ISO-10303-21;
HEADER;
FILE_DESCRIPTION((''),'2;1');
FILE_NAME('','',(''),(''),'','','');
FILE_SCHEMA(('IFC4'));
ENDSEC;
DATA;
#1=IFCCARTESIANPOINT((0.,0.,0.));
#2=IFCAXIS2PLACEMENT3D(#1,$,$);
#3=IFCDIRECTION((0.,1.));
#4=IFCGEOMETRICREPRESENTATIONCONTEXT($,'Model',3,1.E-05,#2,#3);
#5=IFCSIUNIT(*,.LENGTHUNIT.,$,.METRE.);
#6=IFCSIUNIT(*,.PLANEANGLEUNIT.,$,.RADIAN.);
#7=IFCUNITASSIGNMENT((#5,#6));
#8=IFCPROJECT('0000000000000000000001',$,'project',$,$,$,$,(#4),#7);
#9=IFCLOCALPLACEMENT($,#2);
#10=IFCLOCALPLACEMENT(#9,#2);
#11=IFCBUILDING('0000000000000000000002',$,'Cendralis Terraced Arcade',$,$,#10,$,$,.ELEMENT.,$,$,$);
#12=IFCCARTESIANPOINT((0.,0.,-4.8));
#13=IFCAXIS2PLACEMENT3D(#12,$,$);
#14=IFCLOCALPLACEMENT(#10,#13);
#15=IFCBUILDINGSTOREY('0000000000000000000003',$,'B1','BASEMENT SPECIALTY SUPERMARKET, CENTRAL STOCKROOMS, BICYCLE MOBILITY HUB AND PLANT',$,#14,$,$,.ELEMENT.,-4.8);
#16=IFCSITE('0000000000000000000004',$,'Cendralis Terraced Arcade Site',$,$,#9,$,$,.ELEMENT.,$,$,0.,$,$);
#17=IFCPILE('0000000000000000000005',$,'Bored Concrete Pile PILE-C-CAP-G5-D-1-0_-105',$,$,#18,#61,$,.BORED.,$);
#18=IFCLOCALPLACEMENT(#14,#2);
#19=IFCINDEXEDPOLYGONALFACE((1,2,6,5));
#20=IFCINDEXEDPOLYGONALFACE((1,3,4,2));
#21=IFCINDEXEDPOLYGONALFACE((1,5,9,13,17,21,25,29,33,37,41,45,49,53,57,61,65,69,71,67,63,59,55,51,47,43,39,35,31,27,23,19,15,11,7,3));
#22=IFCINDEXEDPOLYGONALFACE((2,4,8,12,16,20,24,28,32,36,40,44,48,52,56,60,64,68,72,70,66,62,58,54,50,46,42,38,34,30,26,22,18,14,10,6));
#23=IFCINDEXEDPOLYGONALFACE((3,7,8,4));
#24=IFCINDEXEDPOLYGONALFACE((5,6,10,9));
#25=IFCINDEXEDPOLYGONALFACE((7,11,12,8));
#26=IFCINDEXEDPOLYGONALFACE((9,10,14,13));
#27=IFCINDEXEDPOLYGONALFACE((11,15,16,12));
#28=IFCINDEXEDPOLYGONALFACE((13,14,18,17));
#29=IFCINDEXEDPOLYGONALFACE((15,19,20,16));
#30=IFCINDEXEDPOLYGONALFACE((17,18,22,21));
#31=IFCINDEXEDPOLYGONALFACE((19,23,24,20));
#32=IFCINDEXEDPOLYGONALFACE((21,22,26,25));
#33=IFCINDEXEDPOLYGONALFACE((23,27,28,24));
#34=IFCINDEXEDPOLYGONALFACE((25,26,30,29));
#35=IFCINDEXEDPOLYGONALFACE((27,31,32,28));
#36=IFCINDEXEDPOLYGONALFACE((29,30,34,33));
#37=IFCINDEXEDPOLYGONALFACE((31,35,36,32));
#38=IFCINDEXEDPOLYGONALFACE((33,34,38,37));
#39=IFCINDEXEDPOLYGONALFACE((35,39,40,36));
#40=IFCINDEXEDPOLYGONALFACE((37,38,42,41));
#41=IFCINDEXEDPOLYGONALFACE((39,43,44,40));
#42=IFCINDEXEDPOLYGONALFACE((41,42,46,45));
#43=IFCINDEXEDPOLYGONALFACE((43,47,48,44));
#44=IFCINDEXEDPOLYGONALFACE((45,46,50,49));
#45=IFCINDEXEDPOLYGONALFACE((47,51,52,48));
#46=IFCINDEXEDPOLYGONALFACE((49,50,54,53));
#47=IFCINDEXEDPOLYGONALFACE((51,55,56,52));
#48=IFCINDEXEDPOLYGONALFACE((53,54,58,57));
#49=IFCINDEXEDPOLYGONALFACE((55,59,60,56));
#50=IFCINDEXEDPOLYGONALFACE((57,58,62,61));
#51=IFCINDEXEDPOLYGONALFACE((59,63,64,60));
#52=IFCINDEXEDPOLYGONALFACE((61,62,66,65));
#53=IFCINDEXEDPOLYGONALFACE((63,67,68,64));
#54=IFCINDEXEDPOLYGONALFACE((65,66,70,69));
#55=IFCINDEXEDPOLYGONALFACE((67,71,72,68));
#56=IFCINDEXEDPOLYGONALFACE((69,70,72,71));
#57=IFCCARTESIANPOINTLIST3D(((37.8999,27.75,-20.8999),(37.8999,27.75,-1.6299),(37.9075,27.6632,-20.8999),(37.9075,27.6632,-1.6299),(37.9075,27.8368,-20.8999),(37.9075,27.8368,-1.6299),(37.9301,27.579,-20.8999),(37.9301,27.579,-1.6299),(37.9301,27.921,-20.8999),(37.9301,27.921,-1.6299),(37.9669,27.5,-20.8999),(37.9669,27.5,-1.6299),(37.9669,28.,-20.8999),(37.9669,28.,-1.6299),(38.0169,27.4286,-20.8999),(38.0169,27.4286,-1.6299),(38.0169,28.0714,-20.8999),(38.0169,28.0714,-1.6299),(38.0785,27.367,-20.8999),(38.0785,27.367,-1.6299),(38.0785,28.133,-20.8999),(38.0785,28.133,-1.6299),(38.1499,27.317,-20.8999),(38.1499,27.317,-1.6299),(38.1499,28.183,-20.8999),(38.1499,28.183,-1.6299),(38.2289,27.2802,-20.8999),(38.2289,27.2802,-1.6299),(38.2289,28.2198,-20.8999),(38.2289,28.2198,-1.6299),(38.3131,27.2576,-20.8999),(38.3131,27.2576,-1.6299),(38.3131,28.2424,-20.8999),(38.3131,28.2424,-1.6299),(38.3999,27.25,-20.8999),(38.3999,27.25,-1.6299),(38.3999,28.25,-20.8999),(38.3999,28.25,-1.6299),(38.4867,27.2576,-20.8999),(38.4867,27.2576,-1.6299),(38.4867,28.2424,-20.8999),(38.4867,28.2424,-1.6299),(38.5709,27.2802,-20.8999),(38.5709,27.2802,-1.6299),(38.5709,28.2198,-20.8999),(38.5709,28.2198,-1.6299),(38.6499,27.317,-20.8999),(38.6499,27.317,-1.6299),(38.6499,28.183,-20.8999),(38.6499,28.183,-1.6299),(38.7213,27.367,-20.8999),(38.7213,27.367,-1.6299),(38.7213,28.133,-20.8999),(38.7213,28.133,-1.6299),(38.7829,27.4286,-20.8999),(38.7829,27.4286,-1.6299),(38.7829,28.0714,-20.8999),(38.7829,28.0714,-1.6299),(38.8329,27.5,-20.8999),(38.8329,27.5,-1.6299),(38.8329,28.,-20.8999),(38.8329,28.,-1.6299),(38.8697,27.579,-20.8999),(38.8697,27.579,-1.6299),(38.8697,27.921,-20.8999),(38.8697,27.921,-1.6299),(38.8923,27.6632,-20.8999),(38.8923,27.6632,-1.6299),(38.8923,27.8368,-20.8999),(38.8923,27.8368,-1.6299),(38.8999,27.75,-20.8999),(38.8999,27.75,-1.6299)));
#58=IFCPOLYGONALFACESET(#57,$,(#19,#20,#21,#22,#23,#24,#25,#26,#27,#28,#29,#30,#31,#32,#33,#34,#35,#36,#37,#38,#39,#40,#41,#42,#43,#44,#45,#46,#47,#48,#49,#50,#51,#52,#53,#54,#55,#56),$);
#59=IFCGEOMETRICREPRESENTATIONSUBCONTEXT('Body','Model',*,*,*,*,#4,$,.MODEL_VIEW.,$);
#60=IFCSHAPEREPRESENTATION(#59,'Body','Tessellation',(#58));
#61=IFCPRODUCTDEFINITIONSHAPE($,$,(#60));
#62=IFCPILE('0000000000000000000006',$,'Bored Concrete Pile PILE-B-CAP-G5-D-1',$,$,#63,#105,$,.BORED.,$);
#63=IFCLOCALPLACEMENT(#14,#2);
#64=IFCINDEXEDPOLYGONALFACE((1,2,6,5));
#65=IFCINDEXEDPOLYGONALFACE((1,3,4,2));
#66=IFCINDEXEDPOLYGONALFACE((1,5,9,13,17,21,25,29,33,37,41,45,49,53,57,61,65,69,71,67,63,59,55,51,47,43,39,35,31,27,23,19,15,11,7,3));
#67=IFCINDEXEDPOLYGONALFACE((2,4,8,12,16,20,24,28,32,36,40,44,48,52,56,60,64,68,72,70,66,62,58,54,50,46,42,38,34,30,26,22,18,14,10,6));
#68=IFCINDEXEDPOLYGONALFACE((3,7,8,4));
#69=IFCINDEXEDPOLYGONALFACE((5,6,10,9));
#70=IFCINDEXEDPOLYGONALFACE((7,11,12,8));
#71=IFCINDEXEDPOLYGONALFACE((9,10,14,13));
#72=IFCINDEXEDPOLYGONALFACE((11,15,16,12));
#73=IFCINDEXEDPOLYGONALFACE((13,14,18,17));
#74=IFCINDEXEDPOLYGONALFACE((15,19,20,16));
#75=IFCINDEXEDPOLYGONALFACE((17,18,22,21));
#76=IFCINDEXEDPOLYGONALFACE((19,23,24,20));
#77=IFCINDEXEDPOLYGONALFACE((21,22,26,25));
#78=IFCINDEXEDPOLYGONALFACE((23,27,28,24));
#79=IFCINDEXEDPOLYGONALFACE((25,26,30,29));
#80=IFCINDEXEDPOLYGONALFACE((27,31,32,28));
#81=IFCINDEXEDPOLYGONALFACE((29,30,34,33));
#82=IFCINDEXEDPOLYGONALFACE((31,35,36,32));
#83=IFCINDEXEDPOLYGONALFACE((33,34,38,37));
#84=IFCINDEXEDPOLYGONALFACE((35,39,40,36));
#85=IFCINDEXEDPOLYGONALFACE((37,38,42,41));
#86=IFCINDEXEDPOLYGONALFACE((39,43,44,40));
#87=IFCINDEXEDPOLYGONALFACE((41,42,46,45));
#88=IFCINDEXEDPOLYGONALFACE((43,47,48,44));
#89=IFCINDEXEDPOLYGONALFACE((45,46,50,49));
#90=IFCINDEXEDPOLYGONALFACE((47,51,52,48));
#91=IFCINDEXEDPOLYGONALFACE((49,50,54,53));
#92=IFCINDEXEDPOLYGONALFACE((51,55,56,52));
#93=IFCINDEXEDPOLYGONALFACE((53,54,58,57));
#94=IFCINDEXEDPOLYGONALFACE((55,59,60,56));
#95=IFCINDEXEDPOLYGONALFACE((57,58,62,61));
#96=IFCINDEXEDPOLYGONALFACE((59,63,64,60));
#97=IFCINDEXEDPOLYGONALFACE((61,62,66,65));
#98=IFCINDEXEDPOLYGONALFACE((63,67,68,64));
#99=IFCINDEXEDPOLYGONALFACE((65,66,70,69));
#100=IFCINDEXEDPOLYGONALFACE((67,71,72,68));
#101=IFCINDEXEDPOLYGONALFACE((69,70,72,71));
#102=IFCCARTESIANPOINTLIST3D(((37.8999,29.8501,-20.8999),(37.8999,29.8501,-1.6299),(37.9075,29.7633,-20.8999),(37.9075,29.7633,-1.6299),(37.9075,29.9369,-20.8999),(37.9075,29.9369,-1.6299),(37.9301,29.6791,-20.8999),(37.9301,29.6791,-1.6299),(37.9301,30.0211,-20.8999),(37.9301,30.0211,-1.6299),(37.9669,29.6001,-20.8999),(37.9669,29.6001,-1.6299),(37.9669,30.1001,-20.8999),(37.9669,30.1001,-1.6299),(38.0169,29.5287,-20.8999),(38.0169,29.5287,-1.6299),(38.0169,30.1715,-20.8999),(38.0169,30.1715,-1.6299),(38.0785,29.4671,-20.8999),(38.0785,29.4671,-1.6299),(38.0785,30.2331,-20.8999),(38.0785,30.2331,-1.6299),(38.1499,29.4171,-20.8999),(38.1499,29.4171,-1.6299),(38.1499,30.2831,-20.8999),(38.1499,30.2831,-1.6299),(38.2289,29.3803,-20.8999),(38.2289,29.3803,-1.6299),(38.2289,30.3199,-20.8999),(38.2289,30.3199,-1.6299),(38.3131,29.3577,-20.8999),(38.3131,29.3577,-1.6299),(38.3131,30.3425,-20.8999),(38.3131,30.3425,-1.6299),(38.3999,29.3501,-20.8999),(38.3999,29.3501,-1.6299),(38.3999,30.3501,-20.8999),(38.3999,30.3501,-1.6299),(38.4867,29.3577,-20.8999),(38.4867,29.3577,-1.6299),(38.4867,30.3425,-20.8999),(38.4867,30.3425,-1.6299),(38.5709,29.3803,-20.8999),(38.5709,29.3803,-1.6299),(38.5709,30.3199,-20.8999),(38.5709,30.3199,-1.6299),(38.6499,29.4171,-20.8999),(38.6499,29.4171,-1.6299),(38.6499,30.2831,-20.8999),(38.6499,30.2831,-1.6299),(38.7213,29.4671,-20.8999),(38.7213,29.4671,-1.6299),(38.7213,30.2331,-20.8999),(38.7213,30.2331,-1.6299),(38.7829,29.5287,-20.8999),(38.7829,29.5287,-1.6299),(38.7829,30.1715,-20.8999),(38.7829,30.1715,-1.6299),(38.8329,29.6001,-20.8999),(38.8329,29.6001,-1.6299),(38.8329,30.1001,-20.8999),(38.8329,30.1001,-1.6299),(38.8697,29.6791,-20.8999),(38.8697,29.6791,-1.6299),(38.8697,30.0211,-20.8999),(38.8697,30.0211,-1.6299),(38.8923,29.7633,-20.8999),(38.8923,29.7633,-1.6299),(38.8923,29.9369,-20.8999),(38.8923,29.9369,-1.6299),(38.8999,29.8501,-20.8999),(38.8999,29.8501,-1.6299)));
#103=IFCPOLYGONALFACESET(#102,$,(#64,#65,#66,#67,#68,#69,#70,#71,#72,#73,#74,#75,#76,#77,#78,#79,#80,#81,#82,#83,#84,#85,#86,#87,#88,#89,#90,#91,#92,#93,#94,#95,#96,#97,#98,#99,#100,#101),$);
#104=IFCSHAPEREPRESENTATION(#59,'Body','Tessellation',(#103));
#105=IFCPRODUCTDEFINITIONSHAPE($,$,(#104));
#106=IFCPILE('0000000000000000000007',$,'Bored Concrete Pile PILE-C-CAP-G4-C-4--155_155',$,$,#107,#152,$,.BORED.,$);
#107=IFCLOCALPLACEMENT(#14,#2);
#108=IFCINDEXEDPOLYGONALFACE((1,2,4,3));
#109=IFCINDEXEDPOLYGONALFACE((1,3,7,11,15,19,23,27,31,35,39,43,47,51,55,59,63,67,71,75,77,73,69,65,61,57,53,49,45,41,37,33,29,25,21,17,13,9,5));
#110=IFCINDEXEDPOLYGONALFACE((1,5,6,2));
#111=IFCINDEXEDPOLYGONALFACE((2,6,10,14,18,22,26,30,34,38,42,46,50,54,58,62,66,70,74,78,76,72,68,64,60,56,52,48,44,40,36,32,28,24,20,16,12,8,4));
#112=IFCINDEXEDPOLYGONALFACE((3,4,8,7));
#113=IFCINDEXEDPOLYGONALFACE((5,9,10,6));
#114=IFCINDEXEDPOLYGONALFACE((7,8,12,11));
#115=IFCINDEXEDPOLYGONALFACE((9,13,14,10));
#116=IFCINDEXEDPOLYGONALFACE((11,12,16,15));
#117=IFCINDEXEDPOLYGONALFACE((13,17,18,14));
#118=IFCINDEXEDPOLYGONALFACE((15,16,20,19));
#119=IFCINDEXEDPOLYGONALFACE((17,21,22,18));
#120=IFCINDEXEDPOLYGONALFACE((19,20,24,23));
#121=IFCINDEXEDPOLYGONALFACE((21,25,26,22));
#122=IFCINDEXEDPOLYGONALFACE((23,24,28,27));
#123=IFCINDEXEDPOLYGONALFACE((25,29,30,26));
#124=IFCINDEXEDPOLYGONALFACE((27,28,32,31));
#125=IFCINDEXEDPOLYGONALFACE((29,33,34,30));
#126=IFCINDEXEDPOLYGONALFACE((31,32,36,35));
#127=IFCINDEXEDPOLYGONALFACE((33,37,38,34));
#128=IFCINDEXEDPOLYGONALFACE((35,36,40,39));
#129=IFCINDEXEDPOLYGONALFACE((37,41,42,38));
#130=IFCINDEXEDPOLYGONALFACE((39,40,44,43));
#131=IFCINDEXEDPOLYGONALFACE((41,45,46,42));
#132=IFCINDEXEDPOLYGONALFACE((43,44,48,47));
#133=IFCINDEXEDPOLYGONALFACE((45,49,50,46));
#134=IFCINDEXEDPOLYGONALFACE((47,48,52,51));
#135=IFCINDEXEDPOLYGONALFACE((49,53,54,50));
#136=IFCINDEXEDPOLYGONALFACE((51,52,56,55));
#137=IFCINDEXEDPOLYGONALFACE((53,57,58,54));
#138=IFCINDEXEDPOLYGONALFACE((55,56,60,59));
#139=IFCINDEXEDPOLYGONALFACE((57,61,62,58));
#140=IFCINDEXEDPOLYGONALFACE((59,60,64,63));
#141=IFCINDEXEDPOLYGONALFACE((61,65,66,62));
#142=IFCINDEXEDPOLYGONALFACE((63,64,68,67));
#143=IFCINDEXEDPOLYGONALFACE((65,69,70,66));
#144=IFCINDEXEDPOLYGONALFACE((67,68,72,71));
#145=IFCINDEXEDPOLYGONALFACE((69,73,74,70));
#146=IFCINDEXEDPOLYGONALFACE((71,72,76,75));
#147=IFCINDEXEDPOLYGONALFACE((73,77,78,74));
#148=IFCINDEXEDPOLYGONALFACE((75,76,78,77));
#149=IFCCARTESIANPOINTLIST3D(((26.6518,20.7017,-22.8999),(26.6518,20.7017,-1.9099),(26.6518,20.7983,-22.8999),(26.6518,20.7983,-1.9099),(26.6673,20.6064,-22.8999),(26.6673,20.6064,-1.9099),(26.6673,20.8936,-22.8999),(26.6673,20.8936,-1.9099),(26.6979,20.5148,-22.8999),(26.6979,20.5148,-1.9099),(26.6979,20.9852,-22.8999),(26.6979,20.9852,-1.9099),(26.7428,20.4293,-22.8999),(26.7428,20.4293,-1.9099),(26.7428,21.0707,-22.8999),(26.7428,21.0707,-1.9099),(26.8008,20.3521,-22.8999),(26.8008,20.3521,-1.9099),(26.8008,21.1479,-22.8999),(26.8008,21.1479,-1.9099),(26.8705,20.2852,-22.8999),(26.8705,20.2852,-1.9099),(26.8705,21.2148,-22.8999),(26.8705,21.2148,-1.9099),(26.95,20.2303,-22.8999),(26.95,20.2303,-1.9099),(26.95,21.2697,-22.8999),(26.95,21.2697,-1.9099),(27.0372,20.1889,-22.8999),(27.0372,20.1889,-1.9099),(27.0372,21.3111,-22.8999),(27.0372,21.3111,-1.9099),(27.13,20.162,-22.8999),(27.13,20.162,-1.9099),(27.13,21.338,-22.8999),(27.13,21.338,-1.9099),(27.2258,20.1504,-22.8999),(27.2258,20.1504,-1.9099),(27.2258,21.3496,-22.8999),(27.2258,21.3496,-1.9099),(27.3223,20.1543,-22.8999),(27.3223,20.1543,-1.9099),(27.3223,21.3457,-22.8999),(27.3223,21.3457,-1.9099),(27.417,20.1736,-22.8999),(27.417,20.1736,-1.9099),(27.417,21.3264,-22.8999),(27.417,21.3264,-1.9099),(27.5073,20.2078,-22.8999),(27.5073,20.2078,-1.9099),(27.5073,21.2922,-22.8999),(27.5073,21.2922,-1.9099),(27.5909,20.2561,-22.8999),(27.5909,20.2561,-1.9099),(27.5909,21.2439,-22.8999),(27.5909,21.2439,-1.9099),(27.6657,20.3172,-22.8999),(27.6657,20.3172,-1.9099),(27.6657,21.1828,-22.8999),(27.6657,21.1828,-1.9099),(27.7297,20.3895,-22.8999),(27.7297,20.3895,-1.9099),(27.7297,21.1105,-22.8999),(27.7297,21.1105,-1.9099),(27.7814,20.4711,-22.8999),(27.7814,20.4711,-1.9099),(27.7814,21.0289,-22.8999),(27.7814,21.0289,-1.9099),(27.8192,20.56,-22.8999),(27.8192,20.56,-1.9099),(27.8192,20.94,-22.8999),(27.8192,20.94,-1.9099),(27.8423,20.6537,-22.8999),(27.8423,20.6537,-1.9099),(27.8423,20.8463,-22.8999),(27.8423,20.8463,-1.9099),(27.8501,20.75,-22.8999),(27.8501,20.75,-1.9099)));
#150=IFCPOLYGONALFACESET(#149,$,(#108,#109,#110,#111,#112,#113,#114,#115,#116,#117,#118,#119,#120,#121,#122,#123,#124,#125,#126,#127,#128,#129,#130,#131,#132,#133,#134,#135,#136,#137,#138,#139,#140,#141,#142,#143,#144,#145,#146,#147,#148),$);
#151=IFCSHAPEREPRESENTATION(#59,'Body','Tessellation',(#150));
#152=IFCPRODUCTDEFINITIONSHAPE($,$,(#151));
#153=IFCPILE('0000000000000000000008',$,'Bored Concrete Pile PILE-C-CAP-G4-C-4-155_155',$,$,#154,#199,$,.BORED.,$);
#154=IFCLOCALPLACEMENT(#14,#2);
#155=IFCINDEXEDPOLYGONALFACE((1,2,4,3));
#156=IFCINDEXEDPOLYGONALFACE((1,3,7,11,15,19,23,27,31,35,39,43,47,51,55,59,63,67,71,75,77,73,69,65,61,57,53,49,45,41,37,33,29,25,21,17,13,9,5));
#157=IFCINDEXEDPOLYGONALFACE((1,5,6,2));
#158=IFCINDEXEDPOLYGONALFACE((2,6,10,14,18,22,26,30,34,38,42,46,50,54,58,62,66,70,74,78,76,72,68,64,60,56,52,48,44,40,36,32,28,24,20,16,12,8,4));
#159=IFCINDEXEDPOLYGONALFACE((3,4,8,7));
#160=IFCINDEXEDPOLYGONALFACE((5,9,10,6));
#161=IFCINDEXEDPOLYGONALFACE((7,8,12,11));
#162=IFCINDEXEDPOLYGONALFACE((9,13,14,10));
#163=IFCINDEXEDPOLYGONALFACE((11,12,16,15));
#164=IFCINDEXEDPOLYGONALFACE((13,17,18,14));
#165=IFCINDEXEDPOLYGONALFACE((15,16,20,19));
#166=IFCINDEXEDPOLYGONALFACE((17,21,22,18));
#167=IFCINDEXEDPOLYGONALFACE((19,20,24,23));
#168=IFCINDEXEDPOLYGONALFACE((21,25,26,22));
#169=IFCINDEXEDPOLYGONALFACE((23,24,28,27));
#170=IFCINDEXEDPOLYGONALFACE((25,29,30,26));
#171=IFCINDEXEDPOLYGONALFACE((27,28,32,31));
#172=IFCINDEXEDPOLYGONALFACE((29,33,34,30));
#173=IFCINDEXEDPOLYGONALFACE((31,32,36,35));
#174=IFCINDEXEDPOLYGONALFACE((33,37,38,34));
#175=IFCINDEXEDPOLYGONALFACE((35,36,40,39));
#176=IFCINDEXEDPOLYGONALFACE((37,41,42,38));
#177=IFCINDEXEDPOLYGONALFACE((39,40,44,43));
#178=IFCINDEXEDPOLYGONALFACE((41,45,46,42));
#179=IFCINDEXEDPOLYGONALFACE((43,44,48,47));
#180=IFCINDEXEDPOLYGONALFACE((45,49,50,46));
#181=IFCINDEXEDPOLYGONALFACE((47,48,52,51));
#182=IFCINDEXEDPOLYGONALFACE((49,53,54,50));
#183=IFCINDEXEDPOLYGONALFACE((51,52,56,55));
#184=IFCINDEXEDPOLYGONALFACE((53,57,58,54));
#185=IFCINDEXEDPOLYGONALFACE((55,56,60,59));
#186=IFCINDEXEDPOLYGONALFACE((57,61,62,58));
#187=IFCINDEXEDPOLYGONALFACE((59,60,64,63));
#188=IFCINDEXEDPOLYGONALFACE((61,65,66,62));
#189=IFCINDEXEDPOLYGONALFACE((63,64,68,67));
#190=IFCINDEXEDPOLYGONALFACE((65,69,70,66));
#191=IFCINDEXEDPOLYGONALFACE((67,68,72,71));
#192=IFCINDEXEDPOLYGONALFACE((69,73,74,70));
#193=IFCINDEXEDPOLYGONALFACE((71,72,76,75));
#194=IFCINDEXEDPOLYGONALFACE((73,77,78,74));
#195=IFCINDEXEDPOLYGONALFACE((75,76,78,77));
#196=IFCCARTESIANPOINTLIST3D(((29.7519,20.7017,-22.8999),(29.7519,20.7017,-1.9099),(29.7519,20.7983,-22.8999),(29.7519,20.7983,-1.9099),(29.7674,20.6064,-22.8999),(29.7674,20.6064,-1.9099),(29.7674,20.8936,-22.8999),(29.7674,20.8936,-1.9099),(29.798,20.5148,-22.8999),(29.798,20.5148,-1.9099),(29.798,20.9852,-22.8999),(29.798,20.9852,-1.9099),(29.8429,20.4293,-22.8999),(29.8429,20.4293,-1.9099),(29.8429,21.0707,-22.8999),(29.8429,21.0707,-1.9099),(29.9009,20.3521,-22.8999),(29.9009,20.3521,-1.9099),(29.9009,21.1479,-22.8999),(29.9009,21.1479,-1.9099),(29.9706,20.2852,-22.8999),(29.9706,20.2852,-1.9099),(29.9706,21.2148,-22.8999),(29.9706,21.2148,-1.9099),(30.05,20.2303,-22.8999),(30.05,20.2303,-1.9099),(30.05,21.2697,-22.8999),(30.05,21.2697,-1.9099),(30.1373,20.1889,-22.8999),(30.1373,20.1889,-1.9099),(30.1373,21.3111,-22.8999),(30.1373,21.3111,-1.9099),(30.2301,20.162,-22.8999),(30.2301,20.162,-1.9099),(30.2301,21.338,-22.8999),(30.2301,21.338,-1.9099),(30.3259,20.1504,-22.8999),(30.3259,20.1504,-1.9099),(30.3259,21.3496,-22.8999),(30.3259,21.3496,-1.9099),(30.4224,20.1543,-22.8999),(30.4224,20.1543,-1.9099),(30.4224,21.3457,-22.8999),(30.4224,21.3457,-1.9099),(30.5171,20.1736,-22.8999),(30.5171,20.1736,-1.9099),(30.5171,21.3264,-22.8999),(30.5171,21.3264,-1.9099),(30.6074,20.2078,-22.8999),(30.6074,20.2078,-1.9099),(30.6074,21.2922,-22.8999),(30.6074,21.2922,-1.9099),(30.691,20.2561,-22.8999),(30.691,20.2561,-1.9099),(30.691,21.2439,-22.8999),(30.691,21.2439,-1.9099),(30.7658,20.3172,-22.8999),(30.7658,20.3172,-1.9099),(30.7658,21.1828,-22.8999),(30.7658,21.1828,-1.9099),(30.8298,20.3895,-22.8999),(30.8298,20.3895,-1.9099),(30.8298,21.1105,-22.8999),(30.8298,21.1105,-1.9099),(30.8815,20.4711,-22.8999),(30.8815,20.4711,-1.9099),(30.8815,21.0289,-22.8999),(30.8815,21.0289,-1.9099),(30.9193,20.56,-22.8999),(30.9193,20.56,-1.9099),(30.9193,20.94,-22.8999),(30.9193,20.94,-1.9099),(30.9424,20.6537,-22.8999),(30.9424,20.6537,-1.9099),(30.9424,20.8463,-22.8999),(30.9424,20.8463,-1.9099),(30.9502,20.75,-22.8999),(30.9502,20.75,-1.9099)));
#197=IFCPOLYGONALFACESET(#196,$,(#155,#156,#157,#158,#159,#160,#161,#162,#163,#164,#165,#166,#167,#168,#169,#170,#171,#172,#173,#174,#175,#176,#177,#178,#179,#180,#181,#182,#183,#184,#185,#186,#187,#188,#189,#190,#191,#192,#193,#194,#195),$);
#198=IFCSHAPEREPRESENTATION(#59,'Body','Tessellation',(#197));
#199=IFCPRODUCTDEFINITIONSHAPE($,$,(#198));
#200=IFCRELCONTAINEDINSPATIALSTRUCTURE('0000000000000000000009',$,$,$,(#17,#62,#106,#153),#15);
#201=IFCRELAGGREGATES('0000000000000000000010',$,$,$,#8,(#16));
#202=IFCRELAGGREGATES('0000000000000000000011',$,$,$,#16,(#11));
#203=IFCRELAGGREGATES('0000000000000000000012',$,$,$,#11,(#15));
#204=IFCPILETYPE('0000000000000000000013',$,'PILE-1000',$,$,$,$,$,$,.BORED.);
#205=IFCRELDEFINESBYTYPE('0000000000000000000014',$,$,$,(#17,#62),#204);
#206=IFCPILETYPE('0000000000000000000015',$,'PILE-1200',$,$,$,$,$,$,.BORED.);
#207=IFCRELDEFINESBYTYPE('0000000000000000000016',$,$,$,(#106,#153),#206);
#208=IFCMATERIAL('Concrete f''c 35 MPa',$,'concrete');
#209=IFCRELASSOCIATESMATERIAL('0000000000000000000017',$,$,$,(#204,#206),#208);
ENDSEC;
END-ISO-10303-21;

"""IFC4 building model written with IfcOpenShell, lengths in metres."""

from ifc_helpers import new_model, si_unit, direction, frame, origin, origin_2d, place, context, subcontext, project, spatial, circle, extrude, material, material_profile, profile_set, type_object, element, save


model = new_model("IFC4")

# Units and contexts
model_context = context("Model", 3, precision=1e-05, world=origin(), true_north=direction((0.0, 1.0)))
body_context = subcontext(model_context, "Body", "Model", "MODEL_VIEW")
ifc_project = project(units=[si_unit("LENGTHUNIT", "METRE"), si_unit("PLANEANGLEUNIT", "RADIAN")], contexts=[model_context])

# Site, building, storey
site_placement = place(None, origin())
site = spatial("IfcSite", under=ifc_project, at=site_placement, Name="Cendralis Terraced Arcade Site", CompositionType="ELEMENT", RefElevation=0.0)
building_placement = place(site_placement, origin())
building = spatial("IfcBuilding", under=site, at=building_placement, Name="Cendralis Terraced Arcade", CompositionType="ELEMENT")
storey_placement = place(building_placement, frame((0.0, 0.0, -4.8)))
storey = spatial("IfcBuildingStorey", under=building, at=storey_placement, Name="B1", Description="BASEMENT SPECIALTY SUPERMARKET, CENTRAL STOCKROOMS, BICYCLE MOBILITY HUB AND PLANT", CompositionType="ELEMENT", Elevation=-4.8)

# Shared definitions
ifc_material_1 = material(Name="Concrete f'c 35 MPa", Category="concrete")

# Piles
ifc_material_profile_1 = material_profile(ifc_material_1, circle(Radius=0.5, at=origin_2d()), Name="PILE-D1000", Category="LoadBearing")
ifc_profile_set_1 = profile_set([ifc_material_profile_1], Name="Concrete f'c 35 MPa")
pile_type_1 = type_object("IfcPileType", Name="PILE-1000", PredefinedType="BORED", material=ifc_profile_set_1)
for number, where, z_axis, x_axis, name in (
    (1, (38.3999, 27.75, -1.6299), (0.0, 0.0, -1.0), (1.0, 0.0, 0.0), "Bored Concrete Pile PILE-C-CAP-G5-D-1-0_-105"),
    (2, (38.3999, 29.8501, -1.6299), (0.0, 0.0, -1.0), (1.0, 0.0, 0.0), "Bored Concrete Pile PILE-B-CAP-G5-D-1"),
):
    element("IfcPile", number, at=place(storey_placement, frame(where, z_axis=z_axis, x_axis=x_axis)), inside=storey, type_object=pile_type_1, Name=name, PredefinedType="BORED", context=body_context, shape_type="SweptSolid", body=[
        extrude(circle(Radius=0.5, at=origin_2d()), origin(), (0.0, 0.0, 1.0), 19.27),
    ])
ifc_material_profile_2 = material_profile(ifc_material_1, circle(Radius=0.6001, at=origin_2d()), Name="PILE-D1200", Category="LoadBearing")
ifc_profile_set_2 = profile_set([ifc_material_profile_2], Name="Concrete f'c 35 MPa")
pile_type_2 = type_object("IfcPileType", Name="PILE-1200", PredefinedType="BORED", material=ifc_profile_set_2)
for number, where, z_axis, x_axis, name in (
    (3, (27.25, 20.75, -1.9099), (0.0, 0.0, -1.0), (1.0, 0.0, 0.0), "Bored Concrete Pile PILE-C-CAP-G4-C-4--155_155"),
    (4, (30.3501, 20.75, -1.9099), (0.0, 0.0, -1.0), (1.0, 0.0, 0.0), "Bored Concrete Pile PILE-C-CAP-G4-C-4-155_155"),
):
    element("IfcPile", number, at=place(storey_placement, frame(where, z_axis=z_axis, x_axis=x_axis)), inside=storey, type_object=pile_type_2, Name=name, PredefinedType="BORED", context=body_context, shape_type="SweptSolid", body=[
        extrude(circle(Radius=0.6001, at=origin_2d()), origin(), (0.0, 0.0, 1.0), 20.99),
    ])

save(model, "model.ifc")
